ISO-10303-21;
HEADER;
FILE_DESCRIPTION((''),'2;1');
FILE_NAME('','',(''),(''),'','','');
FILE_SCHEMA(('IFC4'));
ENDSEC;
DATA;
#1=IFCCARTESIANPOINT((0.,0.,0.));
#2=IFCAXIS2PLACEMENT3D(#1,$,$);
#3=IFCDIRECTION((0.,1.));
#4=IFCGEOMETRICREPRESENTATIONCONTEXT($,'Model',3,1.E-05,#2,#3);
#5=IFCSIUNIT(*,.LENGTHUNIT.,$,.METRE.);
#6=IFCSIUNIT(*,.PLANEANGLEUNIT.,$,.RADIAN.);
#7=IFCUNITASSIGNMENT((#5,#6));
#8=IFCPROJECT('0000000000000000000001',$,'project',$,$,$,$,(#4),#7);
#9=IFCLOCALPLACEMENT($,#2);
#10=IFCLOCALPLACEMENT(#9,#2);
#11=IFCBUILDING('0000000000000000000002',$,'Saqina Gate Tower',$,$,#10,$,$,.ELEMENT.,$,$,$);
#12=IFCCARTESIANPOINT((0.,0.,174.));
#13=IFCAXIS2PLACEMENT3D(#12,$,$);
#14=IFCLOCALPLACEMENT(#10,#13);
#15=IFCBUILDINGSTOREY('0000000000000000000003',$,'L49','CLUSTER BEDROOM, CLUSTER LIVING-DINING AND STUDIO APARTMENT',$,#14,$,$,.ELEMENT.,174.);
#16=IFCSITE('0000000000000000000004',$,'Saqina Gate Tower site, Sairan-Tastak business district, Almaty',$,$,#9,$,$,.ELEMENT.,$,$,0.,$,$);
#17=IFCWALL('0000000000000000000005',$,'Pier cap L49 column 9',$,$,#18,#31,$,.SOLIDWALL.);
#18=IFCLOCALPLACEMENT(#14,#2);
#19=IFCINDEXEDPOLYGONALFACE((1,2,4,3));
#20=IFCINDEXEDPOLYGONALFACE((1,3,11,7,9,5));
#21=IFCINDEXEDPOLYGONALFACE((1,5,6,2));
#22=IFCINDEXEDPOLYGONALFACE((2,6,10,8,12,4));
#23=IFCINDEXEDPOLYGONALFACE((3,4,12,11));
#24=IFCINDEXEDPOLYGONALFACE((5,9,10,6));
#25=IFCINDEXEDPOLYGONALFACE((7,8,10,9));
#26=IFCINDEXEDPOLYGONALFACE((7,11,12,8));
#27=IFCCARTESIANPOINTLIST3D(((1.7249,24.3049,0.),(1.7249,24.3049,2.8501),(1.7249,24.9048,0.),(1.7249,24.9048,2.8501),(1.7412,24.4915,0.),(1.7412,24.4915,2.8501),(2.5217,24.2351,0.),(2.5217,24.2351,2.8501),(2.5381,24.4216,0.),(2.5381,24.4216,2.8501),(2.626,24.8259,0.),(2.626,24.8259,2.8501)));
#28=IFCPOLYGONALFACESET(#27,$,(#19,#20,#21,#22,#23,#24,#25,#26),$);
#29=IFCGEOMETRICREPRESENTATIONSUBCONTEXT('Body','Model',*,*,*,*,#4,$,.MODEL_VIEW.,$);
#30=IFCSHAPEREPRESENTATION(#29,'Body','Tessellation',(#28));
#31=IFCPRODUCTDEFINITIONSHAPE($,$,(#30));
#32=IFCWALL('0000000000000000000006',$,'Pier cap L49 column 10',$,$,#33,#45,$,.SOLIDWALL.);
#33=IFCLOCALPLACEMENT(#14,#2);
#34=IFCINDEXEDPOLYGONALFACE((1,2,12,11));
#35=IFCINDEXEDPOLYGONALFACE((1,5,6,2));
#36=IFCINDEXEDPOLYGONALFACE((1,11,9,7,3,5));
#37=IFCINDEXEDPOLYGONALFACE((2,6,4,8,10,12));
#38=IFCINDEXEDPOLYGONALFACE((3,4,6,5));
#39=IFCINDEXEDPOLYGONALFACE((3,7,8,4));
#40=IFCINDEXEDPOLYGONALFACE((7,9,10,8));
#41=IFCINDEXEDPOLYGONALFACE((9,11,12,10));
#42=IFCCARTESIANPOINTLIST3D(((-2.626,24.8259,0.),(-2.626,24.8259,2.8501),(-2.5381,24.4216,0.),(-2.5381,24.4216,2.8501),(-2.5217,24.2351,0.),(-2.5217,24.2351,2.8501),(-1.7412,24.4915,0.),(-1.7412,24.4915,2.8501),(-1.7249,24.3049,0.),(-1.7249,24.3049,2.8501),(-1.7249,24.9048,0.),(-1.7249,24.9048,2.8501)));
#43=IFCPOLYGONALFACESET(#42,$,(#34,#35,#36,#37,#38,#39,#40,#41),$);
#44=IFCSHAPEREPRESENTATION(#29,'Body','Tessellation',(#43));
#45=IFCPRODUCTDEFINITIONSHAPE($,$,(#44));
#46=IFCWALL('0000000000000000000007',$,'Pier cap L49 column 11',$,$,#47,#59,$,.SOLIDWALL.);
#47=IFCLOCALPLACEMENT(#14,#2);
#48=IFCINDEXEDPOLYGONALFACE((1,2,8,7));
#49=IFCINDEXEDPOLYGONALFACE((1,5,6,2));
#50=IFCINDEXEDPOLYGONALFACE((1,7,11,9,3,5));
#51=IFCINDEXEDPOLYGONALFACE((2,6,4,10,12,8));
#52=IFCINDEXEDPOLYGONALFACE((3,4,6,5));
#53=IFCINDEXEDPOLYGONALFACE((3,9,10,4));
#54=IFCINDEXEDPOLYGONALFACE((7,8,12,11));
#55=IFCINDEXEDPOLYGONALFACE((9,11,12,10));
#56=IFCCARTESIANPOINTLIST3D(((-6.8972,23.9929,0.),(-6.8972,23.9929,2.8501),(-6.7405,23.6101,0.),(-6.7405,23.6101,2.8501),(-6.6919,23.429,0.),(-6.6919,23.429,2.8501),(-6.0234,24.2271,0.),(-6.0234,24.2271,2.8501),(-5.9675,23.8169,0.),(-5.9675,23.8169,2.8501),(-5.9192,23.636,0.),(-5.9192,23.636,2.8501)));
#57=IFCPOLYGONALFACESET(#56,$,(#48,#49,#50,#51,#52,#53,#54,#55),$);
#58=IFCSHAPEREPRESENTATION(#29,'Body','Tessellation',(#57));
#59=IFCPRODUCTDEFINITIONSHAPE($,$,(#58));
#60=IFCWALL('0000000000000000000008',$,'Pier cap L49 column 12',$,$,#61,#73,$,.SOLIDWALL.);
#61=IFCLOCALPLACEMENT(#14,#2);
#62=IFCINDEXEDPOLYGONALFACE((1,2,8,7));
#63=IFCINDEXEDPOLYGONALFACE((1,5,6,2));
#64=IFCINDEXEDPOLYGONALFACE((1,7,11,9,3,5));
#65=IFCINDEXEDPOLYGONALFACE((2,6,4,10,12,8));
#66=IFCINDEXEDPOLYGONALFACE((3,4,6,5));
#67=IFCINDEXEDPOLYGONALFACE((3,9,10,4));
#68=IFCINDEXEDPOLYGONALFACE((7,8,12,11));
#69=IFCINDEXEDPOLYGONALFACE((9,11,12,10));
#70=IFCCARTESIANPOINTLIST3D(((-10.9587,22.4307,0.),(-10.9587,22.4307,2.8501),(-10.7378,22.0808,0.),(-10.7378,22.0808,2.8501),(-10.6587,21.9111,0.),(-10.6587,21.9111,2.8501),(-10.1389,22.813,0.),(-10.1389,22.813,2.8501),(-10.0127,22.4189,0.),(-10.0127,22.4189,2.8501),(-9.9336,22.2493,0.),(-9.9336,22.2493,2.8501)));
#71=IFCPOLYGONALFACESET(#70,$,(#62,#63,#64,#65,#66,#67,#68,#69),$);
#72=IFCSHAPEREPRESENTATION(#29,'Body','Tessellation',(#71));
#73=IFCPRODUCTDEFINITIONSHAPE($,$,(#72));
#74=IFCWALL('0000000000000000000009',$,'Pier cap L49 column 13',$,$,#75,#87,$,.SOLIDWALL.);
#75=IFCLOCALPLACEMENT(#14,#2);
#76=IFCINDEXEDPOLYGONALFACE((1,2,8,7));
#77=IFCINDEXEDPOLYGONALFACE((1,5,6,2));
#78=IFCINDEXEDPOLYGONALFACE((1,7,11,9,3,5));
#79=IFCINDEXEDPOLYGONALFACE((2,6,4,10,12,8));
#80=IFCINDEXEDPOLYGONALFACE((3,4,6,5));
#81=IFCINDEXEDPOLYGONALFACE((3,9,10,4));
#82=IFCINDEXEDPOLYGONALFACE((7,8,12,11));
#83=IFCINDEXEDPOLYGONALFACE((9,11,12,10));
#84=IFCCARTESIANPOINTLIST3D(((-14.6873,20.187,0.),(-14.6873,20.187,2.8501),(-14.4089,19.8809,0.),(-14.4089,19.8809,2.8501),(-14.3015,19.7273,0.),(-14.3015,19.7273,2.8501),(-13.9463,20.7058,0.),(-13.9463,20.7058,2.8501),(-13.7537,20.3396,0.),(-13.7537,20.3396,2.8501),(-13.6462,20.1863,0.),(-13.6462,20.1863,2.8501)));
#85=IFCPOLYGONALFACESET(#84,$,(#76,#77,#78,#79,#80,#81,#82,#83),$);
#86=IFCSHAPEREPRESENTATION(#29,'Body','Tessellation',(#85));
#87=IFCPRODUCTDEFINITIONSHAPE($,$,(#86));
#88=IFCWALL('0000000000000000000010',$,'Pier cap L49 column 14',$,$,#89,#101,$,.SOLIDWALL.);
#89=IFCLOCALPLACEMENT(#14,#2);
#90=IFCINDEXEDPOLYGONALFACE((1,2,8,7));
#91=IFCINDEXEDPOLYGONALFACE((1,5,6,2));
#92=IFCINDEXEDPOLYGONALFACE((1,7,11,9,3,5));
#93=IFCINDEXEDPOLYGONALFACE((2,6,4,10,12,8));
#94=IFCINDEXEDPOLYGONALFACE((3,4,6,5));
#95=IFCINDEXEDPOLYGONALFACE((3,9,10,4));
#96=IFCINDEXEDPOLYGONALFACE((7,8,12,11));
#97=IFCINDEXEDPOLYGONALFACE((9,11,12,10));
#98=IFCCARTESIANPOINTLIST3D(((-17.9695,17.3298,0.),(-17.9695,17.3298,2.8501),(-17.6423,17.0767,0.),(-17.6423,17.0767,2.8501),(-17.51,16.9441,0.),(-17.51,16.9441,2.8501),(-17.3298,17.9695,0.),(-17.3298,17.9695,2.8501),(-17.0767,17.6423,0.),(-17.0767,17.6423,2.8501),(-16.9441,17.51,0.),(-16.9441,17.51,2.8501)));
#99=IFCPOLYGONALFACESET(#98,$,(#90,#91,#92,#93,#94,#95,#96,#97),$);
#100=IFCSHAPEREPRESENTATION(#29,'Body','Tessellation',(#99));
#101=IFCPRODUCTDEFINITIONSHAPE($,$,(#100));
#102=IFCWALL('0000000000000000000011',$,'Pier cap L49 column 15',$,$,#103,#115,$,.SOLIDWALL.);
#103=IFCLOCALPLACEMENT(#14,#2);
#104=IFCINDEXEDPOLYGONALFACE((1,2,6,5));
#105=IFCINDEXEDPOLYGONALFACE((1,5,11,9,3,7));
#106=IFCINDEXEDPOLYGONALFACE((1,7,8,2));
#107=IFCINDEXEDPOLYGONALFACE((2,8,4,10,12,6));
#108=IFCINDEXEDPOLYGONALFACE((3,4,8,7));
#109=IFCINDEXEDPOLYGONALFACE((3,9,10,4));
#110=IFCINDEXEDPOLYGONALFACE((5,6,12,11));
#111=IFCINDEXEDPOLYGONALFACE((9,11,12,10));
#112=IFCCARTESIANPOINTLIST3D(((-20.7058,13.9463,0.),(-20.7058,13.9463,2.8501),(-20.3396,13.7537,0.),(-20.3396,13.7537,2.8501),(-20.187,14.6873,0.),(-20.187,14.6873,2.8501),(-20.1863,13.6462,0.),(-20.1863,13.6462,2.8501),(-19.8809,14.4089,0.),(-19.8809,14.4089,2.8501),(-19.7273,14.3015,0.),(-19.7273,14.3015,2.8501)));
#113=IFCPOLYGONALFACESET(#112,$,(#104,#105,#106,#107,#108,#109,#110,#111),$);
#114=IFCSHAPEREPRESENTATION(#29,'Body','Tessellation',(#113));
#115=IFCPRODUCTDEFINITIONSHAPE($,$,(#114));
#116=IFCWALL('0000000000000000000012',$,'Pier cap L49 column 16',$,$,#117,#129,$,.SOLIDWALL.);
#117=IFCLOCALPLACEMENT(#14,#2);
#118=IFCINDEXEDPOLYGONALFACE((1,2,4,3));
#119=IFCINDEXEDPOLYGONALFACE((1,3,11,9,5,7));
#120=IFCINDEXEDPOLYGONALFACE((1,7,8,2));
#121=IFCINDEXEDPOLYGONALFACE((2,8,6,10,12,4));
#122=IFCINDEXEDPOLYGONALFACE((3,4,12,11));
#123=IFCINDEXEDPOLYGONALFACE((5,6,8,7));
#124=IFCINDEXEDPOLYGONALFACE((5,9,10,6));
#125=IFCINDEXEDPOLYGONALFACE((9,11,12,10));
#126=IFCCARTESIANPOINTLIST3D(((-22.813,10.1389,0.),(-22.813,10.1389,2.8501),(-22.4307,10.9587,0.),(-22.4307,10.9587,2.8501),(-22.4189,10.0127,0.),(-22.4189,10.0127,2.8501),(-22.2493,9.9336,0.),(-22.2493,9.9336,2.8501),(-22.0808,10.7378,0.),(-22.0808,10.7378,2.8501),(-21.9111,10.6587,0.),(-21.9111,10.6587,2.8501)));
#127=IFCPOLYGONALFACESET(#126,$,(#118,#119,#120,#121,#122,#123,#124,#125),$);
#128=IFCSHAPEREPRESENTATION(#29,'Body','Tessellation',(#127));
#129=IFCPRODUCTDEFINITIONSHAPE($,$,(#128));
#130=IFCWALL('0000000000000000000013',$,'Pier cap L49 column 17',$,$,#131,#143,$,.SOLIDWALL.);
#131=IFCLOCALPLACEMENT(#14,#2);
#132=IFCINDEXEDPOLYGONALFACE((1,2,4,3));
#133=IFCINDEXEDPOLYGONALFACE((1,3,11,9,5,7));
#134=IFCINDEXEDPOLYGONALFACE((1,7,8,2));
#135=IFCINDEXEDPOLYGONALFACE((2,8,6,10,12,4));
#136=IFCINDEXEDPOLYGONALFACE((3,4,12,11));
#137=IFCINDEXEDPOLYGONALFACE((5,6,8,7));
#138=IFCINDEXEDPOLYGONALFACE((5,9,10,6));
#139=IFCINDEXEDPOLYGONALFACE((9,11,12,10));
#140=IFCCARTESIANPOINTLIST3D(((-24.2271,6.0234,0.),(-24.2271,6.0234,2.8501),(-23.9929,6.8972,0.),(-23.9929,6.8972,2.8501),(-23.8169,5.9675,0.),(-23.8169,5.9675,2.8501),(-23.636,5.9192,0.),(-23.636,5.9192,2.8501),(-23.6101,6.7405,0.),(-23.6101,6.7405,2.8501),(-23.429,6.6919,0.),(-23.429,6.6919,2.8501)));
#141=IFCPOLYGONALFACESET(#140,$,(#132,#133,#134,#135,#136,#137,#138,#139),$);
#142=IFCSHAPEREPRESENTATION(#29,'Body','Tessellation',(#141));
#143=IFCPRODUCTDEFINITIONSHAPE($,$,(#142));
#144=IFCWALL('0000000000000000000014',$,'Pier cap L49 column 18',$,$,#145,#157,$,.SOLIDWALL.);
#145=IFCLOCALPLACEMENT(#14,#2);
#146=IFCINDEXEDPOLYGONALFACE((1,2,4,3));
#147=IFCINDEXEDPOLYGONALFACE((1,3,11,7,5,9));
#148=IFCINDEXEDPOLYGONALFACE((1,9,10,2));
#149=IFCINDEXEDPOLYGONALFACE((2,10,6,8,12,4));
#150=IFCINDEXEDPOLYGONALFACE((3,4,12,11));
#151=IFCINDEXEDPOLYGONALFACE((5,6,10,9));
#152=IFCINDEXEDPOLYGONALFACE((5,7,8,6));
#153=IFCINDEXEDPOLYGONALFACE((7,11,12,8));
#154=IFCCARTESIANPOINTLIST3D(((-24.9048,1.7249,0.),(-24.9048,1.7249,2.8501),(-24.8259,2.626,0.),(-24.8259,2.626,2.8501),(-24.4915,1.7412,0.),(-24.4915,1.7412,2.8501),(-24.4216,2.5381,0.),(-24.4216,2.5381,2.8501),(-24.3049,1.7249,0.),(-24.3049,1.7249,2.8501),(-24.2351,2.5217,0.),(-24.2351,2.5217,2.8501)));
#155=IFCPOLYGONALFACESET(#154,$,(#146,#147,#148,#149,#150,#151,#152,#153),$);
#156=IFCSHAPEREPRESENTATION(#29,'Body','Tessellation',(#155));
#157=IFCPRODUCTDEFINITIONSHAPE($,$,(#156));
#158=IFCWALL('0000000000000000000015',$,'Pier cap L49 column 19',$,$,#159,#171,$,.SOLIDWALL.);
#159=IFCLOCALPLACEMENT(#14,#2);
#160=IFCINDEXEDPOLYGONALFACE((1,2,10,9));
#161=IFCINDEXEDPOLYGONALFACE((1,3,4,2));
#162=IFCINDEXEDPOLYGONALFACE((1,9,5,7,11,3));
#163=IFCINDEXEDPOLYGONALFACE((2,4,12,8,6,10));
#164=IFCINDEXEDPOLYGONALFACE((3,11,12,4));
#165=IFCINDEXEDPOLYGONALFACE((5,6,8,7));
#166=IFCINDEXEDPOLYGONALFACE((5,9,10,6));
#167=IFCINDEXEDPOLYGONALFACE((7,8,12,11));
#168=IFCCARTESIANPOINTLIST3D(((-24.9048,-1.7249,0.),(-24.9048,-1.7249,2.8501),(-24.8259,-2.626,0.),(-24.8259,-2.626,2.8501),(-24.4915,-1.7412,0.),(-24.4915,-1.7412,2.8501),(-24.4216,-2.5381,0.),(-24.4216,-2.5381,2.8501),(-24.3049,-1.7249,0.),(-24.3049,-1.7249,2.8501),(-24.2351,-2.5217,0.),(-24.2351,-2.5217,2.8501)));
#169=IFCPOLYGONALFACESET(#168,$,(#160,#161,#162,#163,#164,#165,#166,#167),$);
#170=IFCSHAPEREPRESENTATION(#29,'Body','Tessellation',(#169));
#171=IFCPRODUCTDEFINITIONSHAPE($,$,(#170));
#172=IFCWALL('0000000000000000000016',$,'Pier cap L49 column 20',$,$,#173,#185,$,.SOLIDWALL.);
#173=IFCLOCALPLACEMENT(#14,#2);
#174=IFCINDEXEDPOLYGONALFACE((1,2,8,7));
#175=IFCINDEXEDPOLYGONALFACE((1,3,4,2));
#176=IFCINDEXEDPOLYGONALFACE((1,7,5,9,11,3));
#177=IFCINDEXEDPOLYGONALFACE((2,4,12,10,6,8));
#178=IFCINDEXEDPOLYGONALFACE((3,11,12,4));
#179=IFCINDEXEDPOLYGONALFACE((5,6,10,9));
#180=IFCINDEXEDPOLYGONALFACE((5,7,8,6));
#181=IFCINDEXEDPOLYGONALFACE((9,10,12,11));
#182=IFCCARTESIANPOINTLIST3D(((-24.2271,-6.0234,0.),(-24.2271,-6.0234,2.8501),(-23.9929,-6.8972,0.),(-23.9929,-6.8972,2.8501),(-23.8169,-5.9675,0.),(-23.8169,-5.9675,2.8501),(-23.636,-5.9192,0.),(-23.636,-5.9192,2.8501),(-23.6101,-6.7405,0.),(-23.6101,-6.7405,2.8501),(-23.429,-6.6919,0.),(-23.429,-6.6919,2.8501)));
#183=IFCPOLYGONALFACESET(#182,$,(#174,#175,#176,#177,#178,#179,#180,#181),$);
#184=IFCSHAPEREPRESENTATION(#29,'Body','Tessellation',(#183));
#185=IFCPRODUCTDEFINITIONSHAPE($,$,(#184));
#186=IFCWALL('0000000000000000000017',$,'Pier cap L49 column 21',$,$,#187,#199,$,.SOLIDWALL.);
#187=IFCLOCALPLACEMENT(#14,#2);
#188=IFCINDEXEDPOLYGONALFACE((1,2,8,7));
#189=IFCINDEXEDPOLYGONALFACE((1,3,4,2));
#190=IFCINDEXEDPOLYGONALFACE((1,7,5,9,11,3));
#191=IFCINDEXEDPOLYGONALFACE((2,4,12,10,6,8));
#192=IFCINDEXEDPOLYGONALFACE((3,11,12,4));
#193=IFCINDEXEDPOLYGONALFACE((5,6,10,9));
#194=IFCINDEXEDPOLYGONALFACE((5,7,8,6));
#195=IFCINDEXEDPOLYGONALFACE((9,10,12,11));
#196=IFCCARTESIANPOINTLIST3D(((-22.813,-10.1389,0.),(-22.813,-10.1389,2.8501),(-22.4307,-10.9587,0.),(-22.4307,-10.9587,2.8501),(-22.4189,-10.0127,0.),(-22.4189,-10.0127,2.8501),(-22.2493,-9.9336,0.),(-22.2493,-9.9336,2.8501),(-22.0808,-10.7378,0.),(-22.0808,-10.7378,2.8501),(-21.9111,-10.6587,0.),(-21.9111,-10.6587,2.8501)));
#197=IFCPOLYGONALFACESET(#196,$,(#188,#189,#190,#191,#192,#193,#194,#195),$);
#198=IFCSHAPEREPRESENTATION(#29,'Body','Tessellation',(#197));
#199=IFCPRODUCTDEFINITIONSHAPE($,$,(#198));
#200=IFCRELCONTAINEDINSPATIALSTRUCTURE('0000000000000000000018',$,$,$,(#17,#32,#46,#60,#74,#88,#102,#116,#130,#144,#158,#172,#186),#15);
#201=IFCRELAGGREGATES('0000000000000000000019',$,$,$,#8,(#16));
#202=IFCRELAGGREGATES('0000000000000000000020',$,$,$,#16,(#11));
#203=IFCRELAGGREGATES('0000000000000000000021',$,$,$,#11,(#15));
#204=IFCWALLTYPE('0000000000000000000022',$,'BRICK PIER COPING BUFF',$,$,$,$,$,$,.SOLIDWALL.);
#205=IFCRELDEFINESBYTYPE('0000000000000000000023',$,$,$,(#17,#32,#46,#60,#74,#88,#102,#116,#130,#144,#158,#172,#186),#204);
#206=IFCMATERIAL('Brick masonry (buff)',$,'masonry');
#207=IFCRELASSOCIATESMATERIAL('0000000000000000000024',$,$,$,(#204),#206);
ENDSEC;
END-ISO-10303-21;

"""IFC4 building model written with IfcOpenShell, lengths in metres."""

from ifc_helpers import new_model, si_unit, direction, frame, origin, place, context, subcontext, project, spatial, polyline, outline, extrude, material, type_object, element, save


model = new_model("IFC4")

# Units and contexts
model_context = context("Model", 3, precision=1e-05, world=origin(), true_north=direction((0.0, 1.0)))
body_context = subcontext(model_context, "Body", "Model", "MODEL_VIEW")
ifc_project = project(units=[si_unit("LENGTHUNIT", "METRE"), si_unit("PLANEANGLEUNIT", "RADIAN")], contexts=[model_context])

# Site, building, storey
site_placement = place(None, origin())
site = spatial("IfcSite", under=ifc_project, at=site_placement, Name="Saqina Gate Tower site, Sairan-Tastak business district, Almaty", CompositionType="ELEMENT", RefElevation=0.0)
building_placement = place(site_placement, origin())
building = spatial("IfcBuilding", under=site, at=building_placement, Name="Saqina Gate Tower", CompositionType="ELEMENT")
storey_placement = place(building_placement, frame((0.0, 0.0, 174.0)))
storey = spatial("IfcBuildingStorey", under=building, at=storey_placement, Name="L49", Description="CLUSTER BEDROOM, CLUSTER LIVING-DINING AND STUDIO APARTMENT", CompositionType="ELEMENT", Elevation=174.0)

# Walls
ifc_material = material(Name="Brick masonry (buff)", Category="masonry")
wall_type = type_object("IfcWallType", Name="BRICK PIER COPING BUFF", PredefinedType="SOLIDWALL", material=ifc_material)
wall_1_placement = place(storey_placement, origin())
element("IfcWall", 1, at=wall_1_placement, inside=storey, type_object=wall_type, Name="Pier cap L49 column 9", PredefinedType="SOLIDWALL", context=body_context, shape_type="SweptSolid", body=[
    extrude(outline(polyline([(2.626, 24.8259), (1.7249, 24.9048), (1.7249, 24.3049), (1.7412, 24.4915), (2.5381, 24.4216), (2.5217, 24.2351), (2.626, 24.8259)])), origin(), (0.0, 0.0, 1.0), 2.8501),
])
wall_2_placement = place(storey_placement, origin())
element("IfcWall", 2, at=wall_2_placement, inside=storey, type_object=wall_type, Name="Pier cap L49 column 10", PredefinedType="SOLIDWALL", context=body_context, shape_type="SweptSolid", body=[
    extrude(outline(polyline([(-1.7249, 24.9048), (-2.626, 24.8259), (-2.5217, 24.2351), (-2.5381, 24.4216), (-1.7412, 24.4915), (-1.7249, 24.3049), (-1.7249, 24.9048)])), origin(), (0.0, 0.0, 1.0), 2.8501),
])
wall_3_placement = place(storey_placement, origin())
element("IfcWall", 3, at=wall_3_placement, inside=storey, type_object=wall_type, Name="Pier cap L49 column 11", PredefinedType="SOLIDWALL", context=body_context, shape_type="SweptSolid", body=[
    extrude(outline(polyline([(-6.0234, 24.2271), (-6.8972, 23.9929), (-6.6919, 23.429), (-6.7405, 23.6101), (-5.9675, 23.8169), (-5.9192, 23.636), (-6.0234, 24.2271)])), origin(), (0.0, 0.0, 1.0), 2.8501),
])
wall_4_placement = place(storey_placement, origin())
element("IfcWall", 4, at=wall_4_placement, inside=storey, type_object=wall_type, Name="Pier cap L49 column 12", PredefinedType="SOLIDWALL", context=body_context, shape_type="SweptSolid", body=[
    extrude(outline(polyline([(-10.9587, 22.4307), (-10.6587, 21.9111), (-10.7378, 22.0808), (-10.0127, 22.4189), (-9.9336, 22.2493), (-10.1389, 22.813), (-10.9587, 22.4307)])), origin(), (0.0, 0.0, 1.0), 2.8501),
])
wall_5_placement = place(storey_placement, origin())
element("IfcWall", 5, at=wall_5_placement, inside=storey, type_object=wall_type, Name="Pier cap L49 column 13", PredefinedType="SOLIDWALL", context=body_context, shape_type="SweptSolid", body=[
    extrude(outline(polyline([(-13.9463, 20.7058), (-14.6873, 20.187), (-14.3015, 19.7273), (-14.4089, 19.8809), (-13.7537, 20.3396), (-13.6462, 20.1863), (-13.9463, 20.7058)])), origin(), (0.0, 0.0, 1.0), 2.8501),
])
wall_6_placement = place(storey_placement, origin())
element("IfcWall", 6, at=wall_6_placement, inside=storey, type_object=wall_type, Name="Pier cap L49 column 14", PredefinedType="SOLIDWALL", context=body_context, shape_type="SweptSolid", body=[
    extrude(outline(polyline([(-17.9695, 17.3298), (-17.51, 16.9441), (-17.6423, 17.0767), (-17.0767, 17.6423), (-16.9441, 17.51), (-17.3298, 17.9695), (-17.9695, 17.3298)])), origin(), (0.0, 0.0, 1.0), 2.8501),
])
wall_7_placement = place(storey_placement, origin())
element("IfcWall", 7, at=wall_7_placement, inside=storey, type_object=wall_type, Name="Pier cap L49 column 15", PredefinedType="SOLIDWALL", context=body_context, shape_type="SweptSolid", body=[
    extrude(outline(polyline([(-20.187, 14.6873), (-20.7058, 13.9463), (-20.1863, 13.6462), (-20.3396, 13.7537), (-19.8809, 14.4089), (-19.7273, 14.3015), (-20.187, 14.6873)])), origin(), (0.0, 0.0, 1.0), 2.8501),
])
wall_8_placement = place(storey_placement, origin())
element("IfcWall", 8, at=wall_8_placement, inside=storey, type_object=wall_type, Name="Pier cap L49 column 16", PredefinedType="SOLIDWALL", context=body_context, shape_type="SweptSolid", body=[
    extrude(outline(polyline([(-22.813, 10.1389), (-22.2493, 9.9336), (-22.4189, 10.0127), (-22.0808, 10.7378), (-21.9111, 10.6587), (-22.4307, 10.9587), (-22.813, 10.1389)])), origin(), (0.0, 0.0, 1.0), 2.8501),
])
wall_9_placement = place(storey_placement, origin())
element("IfcWall", 9, at=wall_9_placement, inside=storey, type_object=wall_type, Name="Pier cap L49 column 17", PredefinedType="SOLIDWALL", context=body_context, shape_type="SweptSolid", body=[
    extrude(outline(polyline([(-24.2271, 6.0234), (-23.636, 5.9192), (-23.8169, 5.9675), (-23.6101, 6.7405), (-23.429, 6.6919), (-23.9929, 6.8972), (-24.2271, 6.0234)])), origin(), (0.0, 0.0, 1.0), 2.8501),
])
wall_10_placement = place(storey_placement, origin())
element("IfcWall", 10, at=wall_10_placement, inside=storey, type_object=wall_type, Name="Pier cap L49 column 18", PredefinedType="SOLIDWALL", context=body_context, shape_type="SweptSolid", body=[
    extrude(outline(polyline([(-24.8259, 2.626), (-24.9048, 1.7249), (-24.3049, 1.7249), (-24.4915, 1.7412), (-24.4216, 2.5381), (-24.2351, 2.5217), (-24.8259, 2.626)])), origin(), (0.0, 0.0, 1.0), 2.8501),
])
wall_11_placement = place(storey_placement, origin())
element("IfcWall", 11, at=wall_11_placement, inside=storey, type_object=wall_type, Name="Pier cap L49 column 19", PredefinedType="SOLIDWALL", context=body_context, shape_type="SweptSolid", body=[
    extrude(outline(polyline([(-24.9048, -1.7249), (-24.8259, -2.626), (-24.2351, -2.5217), (-24.4216, -2.5381), (-24.4915, -1.7412), (-24.3049, -1.7249), (-24.9048, -1.7249)])), origin(), (0.0, 0.0, 1.0), 2.8501),
])
wall_12_placement = place(storey_placement, origin())
element("IfcWall", 12, at=wall_12_placement, inside=storey, type_object=wall_type, Name="Pier cap L49 column 20", PredefinedType="SOLIDWALL", context=body_context, shape_type="SweptSolid", body=[
    extrude(outline(polyline([(-24.2271, -6.0234), (-23.9929, -6.8972), (-23.429, -6.6919), (-23.6101, -6.7405), (-23.8169, -5.9675), (-23.636, -5.9192), (-24.2271, -6.0234)])), origin(), (0.0, 0.0, 1.0), 2.8501),
])
wall_13_placement = place(storey_placement, origin())
element("IfcWall", 13, at=wall_13_placement, inside=storey, type_object=wall_type, Name="Pier cap L49 column 21", PredefinedType="SOLIDWALL", context=body_context, shape_type="SweptSolid", body=[
    extrude(outline(polyline([(-22.4307, -10.9587), (-21.9111, -10.6587), (-22.0808, -10.7378), (-22.4189, -10.0127), (-22.2493, -9.9336), (-22.813, -10.1389), (-22.4307, -10.9587)])), origin(), (0.0, 0.0, 1.0), 2.8501),
])

save(model, "model.ifc")
